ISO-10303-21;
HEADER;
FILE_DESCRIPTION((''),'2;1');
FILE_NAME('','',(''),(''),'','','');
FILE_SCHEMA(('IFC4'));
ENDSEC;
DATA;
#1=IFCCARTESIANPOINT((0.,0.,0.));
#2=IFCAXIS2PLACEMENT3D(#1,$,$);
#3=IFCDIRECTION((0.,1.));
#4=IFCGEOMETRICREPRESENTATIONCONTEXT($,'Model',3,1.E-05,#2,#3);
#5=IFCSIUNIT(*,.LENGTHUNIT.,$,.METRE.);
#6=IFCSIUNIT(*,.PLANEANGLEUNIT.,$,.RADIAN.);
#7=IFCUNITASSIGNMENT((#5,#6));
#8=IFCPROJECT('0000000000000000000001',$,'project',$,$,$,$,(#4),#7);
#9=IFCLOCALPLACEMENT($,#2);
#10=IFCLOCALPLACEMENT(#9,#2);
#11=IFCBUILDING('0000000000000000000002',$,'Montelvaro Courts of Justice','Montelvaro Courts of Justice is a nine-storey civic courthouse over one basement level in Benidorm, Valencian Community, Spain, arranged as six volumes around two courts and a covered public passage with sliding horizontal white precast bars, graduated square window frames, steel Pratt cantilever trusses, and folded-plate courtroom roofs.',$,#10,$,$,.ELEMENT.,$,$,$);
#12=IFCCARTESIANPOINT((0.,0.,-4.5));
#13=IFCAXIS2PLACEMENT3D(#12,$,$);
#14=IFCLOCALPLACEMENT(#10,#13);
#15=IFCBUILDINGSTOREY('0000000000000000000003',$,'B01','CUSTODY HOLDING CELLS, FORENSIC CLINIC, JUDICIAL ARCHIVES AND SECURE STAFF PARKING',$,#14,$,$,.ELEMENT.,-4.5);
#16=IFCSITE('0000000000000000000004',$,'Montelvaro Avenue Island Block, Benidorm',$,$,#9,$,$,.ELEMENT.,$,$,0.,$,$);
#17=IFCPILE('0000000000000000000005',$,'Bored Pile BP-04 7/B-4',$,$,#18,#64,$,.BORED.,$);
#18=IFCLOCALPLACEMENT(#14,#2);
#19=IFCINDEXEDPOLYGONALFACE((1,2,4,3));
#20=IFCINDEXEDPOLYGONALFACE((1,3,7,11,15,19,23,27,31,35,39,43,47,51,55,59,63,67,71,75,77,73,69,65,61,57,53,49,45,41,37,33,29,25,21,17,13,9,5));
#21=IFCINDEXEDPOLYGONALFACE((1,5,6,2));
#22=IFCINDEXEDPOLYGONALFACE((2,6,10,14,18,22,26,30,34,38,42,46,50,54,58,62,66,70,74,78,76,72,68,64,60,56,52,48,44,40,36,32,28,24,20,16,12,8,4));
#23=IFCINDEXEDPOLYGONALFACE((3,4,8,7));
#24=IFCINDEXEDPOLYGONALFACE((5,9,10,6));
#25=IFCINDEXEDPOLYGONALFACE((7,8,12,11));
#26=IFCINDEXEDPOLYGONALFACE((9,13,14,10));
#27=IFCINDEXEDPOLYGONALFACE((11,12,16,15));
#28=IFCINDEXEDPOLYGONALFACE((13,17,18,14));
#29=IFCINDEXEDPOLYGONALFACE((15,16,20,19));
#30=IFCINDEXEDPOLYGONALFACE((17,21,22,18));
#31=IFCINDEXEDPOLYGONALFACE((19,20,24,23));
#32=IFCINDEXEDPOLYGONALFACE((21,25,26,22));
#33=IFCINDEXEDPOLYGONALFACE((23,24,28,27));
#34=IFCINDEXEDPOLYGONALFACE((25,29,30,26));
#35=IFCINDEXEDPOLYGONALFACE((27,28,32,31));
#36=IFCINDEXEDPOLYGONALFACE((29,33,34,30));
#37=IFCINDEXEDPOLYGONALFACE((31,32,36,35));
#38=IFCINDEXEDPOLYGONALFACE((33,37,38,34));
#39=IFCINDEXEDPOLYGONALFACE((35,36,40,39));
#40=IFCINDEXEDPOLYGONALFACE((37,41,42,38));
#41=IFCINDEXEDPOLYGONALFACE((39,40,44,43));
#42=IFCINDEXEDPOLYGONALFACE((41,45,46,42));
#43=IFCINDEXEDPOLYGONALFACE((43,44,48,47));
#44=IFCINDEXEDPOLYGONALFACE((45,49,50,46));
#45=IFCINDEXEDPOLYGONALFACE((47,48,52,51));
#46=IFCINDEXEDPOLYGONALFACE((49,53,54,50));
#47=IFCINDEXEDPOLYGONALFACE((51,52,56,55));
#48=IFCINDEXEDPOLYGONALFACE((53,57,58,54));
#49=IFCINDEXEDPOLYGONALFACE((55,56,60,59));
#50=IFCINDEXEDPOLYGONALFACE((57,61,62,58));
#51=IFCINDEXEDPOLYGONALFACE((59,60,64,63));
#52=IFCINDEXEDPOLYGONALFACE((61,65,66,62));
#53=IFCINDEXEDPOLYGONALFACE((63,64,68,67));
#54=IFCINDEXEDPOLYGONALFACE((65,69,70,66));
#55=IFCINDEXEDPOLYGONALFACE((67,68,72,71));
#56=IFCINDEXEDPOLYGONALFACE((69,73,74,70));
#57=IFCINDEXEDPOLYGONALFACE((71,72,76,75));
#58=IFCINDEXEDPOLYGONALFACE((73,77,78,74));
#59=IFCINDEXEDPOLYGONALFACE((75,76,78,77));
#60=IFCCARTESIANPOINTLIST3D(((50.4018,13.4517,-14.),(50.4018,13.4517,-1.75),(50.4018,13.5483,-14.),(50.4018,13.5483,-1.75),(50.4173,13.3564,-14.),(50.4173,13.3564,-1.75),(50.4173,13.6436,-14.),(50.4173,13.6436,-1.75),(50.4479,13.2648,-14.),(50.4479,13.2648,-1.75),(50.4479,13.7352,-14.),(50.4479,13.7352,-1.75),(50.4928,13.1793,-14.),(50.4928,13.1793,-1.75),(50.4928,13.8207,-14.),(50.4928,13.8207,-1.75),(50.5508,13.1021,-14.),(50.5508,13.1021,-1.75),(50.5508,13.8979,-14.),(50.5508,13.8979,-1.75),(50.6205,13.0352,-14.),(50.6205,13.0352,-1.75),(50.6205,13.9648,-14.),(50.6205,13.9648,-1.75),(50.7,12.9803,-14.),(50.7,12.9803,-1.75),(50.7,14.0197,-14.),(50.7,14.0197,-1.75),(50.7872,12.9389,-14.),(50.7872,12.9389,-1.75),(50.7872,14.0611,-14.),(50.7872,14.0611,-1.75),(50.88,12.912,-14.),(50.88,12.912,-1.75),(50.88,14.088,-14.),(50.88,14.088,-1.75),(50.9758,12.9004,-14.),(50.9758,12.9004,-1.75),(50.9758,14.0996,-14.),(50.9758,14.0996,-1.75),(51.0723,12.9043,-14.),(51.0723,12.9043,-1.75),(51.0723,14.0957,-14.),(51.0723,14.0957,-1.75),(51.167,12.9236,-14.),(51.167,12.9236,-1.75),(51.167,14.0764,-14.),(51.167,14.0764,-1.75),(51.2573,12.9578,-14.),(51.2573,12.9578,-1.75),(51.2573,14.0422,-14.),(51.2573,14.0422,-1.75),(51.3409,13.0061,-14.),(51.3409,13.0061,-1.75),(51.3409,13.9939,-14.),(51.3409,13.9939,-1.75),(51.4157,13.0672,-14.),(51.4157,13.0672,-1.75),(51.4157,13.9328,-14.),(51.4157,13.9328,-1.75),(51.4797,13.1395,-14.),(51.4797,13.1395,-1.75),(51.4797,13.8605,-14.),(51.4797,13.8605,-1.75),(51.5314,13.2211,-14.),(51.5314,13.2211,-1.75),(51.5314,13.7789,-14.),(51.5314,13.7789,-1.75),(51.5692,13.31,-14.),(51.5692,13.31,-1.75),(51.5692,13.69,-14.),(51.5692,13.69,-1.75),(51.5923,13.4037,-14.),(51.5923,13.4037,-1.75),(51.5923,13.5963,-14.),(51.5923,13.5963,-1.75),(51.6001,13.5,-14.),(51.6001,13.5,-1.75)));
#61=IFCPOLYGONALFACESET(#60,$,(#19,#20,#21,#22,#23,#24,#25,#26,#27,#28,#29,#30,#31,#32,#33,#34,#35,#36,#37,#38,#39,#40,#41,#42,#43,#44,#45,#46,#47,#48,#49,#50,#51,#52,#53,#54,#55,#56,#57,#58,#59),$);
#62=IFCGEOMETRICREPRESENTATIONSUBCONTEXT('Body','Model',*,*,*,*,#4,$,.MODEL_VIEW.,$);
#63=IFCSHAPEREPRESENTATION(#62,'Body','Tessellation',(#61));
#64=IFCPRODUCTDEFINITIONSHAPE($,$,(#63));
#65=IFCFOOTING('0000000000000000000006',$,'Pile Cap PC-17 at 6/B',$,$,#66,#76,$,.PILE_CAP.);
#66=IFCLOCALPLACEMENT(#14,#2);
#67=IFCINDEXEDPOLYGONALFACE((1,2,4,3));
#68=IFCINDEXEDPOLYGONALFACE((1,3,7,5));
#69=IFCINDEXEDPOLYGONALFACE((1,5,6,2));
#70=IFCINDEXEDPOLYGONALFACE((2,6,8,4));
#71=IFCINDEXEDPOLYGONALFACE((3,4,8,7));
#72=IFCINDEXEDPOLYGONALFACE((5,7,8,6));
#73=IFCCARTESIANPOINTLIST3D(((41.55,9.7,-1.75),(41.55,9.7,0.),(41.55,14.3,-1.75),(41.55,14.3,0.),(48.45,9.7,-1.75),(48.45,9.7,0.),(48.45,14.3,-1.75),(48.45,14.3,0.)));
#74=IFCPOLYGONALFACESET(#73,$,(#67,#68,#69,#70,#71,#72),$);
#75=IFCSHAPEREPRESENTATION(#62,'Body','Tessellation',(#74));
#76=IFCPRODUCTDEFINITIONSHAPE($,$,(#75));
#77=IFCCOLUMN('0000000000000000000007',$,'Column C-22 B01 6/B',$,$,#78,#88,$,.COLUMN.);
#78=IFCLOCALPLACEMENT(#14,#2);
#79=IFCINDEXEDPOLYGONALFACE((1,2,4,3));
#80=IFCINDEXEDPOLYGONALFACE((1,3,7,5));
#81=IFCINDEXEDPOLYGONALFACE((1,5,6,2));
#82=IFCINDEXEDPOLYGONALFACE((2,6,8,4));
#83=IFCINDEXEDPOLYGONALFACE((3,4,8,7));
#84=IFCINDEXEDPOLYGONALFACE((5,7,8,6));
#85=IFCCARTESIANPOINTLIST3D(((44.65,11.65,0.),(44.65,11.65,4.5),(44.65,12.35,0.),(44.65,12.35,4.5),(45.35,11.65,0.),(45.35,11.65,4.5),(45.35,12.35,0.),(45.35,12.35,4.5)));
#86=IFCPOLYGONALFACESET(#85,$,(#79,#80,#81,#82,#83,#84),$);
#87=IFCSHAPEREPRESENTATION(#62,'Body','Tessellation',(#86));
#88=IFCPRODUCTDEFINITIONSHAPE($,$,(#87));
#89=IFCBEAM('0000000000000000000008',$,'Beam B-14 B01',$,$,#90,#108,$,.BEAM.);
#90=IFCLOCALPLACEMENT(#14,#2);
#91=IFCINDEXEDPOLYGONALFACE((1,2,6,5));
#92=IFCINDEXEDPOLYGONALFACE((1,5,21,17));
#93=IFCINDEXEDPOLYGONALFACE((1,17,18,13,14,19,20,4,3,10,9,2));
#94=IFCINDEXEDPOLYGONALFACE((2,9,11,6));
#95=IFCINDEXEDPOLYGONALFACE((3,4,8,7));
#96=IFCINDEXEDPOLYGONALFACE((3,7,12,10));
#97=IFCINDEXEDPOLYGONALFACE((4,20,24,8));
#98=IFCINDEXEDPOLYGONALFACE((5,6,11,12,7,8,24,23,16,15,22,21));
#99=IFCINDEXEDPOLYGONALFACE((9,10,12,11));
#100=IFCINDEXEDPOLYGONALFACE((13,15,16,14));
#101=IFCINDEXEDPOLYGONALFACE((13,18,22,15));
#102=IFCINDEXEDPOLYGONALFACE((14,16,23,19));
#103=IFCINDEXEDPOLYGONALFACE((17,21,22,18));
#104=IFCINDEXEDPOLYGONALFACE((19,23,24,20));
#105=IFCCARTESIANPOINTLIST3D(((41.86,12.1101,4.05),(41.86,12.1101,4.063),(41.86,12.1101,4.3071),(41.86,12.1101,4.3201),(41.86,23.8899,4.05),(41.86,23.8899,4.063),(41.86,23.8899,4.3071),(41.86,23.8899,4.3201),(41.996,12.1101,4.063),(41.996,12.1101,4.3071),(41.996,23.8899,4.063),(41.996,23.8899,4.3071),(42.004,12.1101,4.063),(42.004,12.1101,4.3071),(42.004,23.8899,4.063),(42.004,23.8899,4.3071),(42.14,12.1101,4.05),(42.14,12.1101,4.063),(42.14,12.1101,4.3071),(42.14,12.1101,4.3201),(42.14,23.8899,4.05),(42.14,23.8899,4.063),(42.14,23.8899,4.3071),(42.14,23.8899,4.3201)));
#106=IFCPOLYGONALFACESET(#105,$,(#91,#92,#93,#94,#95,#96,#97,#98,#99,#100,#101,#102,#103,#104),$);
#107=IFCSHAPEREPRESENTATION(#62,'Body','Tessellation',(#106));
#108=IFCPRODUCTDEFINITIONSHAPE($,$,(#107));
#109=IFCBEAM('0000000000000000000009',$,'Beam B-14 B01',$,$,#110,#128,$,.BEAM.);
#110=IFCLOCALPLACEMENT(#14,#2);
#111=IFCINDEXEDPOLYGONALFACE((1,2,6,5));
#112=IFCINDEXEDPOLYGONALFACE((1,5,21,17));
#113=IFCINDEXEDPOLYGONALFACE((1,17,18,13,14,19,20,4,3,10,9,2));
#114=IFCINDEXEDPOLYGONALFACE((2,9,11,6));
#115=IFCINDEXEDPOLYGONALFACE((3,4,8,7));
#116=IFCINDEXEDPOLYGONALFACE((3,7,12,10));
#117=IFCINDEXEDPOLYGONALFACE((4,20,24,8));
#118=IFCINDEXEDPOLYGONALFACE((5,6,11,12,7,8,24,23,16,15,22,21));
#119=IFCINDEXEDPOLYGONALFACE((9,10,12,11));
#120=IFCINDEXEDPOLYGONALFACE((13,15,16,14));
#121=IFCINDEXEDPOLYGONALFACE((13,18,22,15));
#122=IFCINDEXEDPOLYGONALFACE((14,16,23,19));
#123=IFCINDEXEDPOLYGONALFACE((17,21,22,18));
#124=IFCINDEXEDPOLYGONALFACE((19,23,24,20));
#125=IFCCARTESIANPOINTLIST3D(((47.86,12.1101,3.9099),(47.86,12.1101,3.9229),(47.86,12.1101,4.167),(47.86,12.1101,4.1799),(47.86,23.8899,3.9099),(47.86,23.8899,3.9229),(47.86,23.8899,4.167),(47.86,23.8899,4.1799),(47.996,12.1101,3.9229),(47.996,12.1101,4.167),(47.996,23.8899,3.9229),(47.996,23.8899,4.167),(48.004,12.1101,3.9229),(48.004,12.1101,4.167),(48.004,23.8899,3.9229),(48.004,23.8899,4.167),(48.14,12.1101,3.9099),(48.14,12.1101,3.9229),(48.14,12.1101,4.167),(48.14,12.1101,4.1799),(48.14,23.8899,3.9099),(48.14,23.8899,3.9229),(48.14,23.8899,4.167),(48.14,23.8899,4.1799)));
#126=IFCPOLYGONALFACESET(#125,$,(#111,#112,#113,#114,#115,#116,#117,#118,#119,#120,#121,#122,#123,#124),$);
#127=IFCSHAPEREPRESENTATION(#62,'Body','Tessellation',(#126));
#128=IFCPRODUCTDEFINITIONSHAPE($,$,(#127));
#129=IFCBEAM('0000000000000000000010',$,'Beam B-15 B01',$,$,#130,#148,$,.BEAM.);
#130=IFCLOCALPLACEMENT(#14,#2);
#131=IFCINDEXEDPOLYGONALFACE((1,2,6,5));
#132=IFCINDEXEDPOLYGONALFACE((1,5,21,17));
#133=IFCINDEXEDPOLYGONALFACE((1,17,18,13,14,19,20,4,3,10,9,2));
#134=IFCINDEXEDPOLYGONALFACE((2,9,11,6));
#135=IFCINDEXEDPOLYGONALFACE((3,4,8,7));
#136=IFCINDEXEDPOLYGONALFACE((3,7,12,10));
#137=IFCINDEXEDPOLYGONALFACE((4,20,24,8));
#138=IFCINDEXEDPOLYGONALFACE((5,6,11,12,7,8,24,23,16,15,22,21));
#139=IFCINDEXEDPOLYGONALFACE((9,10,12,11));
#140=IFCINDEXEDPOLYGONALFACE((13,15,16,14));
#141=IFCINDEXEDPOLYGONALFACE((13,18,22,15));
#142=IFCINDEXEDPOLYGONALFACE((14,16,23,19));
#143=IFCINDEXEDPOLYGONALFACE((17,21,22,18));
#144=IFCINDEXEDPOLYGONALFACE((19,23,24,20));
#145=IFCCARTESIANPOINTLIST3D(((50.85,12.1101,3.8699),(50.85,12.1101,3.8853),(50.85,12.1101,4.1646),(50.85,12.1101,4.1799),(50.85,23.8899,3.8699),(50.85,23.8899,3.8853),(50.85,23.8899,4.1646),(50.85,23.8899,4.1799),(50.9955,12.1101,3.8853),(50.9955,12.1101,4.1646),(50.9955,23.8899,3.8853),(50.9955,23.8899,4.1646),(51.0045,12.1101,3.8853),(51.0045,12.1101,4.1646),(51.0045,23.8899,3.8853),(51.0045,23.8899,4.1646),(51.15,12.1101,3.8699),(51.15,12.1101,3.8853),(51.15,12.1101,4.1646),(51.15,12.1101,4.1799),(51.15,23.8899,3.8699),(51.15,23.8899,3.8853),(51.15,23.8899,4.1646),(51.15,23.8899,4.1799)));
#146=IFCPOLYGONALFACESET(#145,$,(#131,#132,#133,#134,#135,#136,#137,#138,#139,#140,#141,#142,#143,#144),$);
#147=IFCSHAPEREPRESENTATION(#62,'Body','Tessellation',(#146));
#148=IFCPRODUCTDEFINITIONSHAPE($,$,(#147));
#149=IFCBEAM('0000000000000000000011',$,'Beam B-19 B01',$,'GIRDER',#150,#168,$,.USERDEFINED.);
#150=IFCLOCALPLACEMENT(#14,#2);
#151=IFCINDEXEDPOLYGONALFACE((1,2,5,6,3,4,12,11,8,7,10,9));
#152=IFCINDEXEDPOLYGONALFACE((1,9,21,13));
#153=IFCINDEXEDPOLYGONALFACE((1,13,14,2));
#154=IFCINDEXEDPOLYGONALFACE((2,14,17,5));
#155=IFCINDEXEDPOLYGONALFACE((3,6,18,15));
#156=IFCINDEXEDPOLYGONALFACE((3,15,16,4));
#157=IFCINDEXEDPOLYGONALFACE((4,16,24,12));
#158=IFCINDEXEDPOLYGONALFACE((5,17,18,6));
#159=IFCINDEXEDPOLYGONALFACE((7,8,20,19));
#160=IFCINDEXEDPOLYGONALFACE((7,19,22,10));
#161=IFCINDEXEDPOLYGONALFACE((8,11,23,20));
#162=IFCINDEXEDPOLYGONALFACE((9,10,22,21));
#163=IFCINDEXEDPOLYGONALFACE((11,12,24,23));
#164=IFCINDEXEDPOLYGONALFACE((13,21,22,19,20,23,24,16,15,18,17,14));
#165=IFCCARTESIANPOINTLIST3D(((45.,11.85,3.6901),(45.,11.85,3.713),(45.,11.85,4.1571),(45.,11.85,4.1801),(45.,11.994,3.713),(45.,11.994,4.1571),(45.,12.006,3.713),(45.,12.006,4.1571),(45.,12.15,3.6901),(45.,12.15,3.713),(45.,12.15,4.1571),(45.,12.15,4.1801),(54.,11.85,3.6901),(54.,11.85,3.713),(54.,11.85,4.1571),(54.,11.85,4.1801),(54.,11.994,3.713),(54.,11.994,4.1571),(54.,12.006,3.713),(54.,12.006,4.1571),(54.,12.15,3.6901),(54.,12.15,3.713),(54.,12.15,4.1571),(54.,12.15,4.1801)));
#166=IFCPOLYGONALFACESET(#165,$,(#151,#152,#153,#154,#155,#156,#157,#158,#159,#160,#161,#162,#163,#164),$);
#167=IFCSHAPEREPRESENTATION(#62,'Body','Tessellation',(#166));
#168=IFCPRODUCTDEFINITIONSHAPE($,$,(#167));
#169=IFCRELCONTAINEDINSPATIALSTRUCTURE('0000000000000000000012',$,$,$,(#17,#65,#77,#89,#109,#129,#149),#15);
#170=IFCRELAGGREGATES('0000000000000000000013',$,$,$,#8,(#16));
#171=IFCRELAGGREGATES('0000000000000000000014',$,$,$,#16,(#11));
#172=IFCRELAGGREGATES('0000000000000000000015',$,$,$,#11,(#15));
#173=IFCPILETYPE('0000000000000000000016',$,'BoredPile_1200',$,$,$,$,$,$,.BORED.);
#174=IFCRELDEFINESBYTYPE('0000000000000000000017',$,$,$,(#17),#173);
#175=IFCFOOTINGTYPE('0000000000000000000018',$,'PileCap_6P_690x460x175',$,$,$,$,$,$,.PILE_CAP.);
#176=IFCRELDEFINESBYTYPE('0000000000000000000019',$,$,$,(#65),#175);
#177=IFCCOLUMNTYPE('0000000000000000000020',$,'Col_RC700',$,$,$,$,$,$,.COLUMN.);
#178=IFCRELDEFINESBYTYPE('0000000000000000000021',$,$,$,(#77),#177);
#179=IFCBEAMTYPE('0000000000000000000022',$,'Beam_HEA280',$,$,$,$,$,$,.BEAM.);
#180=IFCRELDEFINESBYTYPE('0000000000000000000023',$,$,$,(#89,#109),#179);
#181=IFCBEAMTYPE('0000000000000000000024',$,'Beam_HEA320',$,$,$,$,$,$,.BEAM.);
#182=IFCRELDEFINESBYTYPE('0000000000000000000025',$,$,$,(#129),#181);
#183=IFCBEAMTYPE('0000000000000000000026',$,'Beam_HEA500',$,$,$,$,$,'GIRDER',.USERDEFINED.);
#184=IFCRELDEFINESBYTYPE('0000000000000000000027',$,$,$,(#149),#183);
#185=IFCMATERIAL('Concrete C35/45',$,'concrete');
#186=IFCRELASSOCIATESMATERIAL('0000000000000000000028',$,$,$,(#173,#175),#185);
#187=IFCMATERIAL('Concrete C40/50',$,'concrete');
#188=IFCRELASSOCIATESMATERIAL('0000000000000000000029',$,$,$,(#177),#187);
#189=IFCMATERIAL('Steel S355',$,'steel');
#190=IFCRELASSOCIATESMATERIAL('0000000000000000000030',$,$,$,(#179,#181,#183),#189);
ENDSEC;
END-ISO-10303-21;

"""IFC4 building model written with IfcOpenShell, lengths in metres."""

from ifc_helpers import new_model, si_unit, direction, frame, origin, origin_2d, place, context, subcontext, project, spatial, rectangle, circle, i_section, extrude, material, material_profile, profile_set, type_object, element, save


model = new_model("IFC4")

# Units and contexts
model_context = context("Model", 3, precision=1e-05, world=origin(), true_north=direction((0.0, 1.0)))
body_context = subcontext(model_context, "Body", "Model", "MODEL_VIEW")
ifc_project = project(units=[si_unit("LENGTHUNIT", "METRE"), si_unit("PLANEANGLEUNIT", "RADIAN")], contexts=[model_context])

# Site, building, storey
site_placement = place(None, origin())
site = spatial("IfcSite", under=ifc_project, at=site_placement, Name="Montelvaro Avenue Island Block, Benidorm", CompositionType="ELEMENT", RefElevation=0.0)
building_placement = place(site_placement, origin())
building = spatial("IfcBuilding", under=site, at=building_placement, Name="Montelvaro Courts of Justice", Description="Montelvaro Courts of Justice is a nine-storey civic courthouse over one basement level in Benidorm, Valencian Community, Spain, arranged as six volumes around two courts and a covered public passage with sliding horizontal white precast bars, graduated square window frames, steel Pratt cantilever trusses, and folded-plate courtroom roofs.", CompositionType="ELEMENT")
storey_placement = place(building_placement, frame((0.0, 0.0, -4.5)))
storey = spatial("IfcBuildingStorey", under=building, at=storey_placement, Name="B01", Description="CUSTODY HOLDING CELLS, FORENSIC CLINIC, JUDICIAL ARCHIVES AND SECURE STAFF PARKING", CompositionType="ELEMENT", Elevation=-4.5)

# Pile
ifc_material_1 = material(Name="Concrete C35/45", Category="concrete")
ifc_material_profile_1 = material_profile(ifc_material_1, circle(Radius=0.6001, at=origin_2d()), Name="BORED PILE D1200")
ifc_profile_set_1 = profile_set([ifc_material_profile_1], Name="Concrete C35/45")
pile_type_1 = type_object("IfcPileType", Name="BoredPile_1200", PredefinedType="BORED", material=ifc_profile_set_1)
for number, where, z_axis, x_axis, name in (
    (1, (51.0, 13.5, -1.75), (0.0, 0.0, -1.0), (1.0, 0.0, 0.0), "Bored Pile BP-04 7/B-4"),
):
    element("IfcPile", number, at=place(storey_placement, frame(where, z_axis=z_axis, x_axis=x_axis)), inside=storey, type_object=pile_type_1, Name=name, PredefinedType="BORED", context=body_context, shape_type="SweptSolid", body=[
        extrude(circle(Radius=0.6001, at=origin_2d()), origin(), (0.0, 0.0, 1.0), 12.25),
    ])

# Footing
footing_type = type_object("IfcFootingType", Name="PileCap_6P_690x460x175", PredefinedType="PILE_CAP", material=ifc_material_1)
footing_placement = place(storey_placement, frame((45.0, 12.0, -1.75), z_axis=(0.0, 0.0, 1.0), x_axis=(1.0, 0.0, 0.0)))
element("IfcFooting", 2, at=footing_placement, inside=storey, type_object=footing_type, Name="Pile Cap PC-17 at 6/B", PredefinedType="PILE_CAP", context=body_context, shape_type="SweptSolid", body=[
    extrude(rectangle(XDim=6.8999, YDim=4.6001, at=origin_2d()), origin(), (0.0, 0.0, 1.0), 1.75),
])

# Column
ifc_material_2 = material(Name="Concrete C40/50", Category="concrete")
ifc_material_profile_2 = material_profile(ifc_material_2, rectangle(XDim=0.7, YDim=0.7, at=origin_2d()), Name="RC 700x700")
ifc_profile_set_2 = profile_set([ifc_material_profile_2], Name="Concrete C40/50")
column_type = type_object("IfcColumnType", Name="Col_RC700", PredefinedType="COLUMN", material=ifc_profile_set_2)
column_placement = place(storey_placement, frame((45.0, 12.0, 0.0), z_axis=(0.0, 0.0, 1.0), x_axis=(1.0, 0.0, 0.0)))
element("IfcColumn", 3, at=column_placement, inside=storey, type_object=column_type, Name="Column C-22 B01 6/B", PredefinedType="COLUMN", context=body_context, shape_type="SweptSolid", body=[
    extrude(rectangle(XDim=0.7, YDim=0.7, at=origin_2d()), origin(), (0.0, 0.0, 1.0), 4.5),
])

# Beams
ifc_material_3 = material(Name="Steel S355", Category="steel")
ifc_material_profile_3 = material_profile(ifc_material_3, i_section(OverallWidth=0.28, OverallDepth=0.27, WebThickness=0.0081, FlangeThickness=0.0129, at=origin_2d()), Name="HEA 280")
ifc_profile_set_3 = profile_set([ifc_material_profile_3], Name="Steel S355")
beam_type_1 = type_object("IfcBeamType", Name="Beam_HEA280", PredefinedType="BEAM", material=ifc_profile_set_3)
for number, where, z_axis, x_axis, name in (
    (4, (42.0, 12.1101, 4.1851), (0.0, 1.0, 0.0), (-1.0, 0.0, 0.0), "Beam B-14 B01"),
    (5, (48.0, 12.1101, 4.0449), (0.0, 1.0, 0.0), (-1.0, 0.0, 0.0), "Beam B-14 B01"),
):
    element("IfcBeam", number, at=place(storey_placement, frame(where, z_axis=z_axis, x_axis=x_axis)), inside=storey, type_object=beam_type_1, Name=name, PredefinedType="BEAM", context=body_context, shape_type="SweptSolid", body=[
        extrude(i_section(OverallWidth=0.28, OverallDepth=0.27, WebThickness=0.0081, FlangeThickness=0.0129, at=origin_2d()), origin(), (0.0, 0.0, 1.0), 11.7798),
    ])
ifc_material_profile_4 = material_profile(ifc_material_3, i_section(OverallWidth=0.3, OverallDepth=0.3101, WebThickness=0.009, FlangeThickness=0.0154, at=origin_2d()), Name="HEA 320")
ifc_profile_set_4 = profile_set([ifc_material_profile_4], Name="Steel S355")
beam_type_2 = type_object("IfcBeamType", Name="Beam_HEA320", PredefinedType="BEAM", material=ifc_profile_set_4)
beam_1_placement = place(storey_placement, frame((51.0, 12.1101, 4.0249), z_axis=(0.0, 1.0, 0.0), x_axis=(-1.0, 0.0, 0.0)))
element("IfcBeam", 6, at=beam_1_placement, inside=storey, type_object=beam_type_2, Name="Beam B-15 B01", PredefinedType="BEAM", context=body_context, shape_type="SweptSolid", body=[
    extrude(i_section(OverallWidth=0.3, OverallDepth=0.3101, WebThickness=0.009, FlangeThickness=0.0154, at=origin_2d()), origin(), (0.0, 0.0, 1.0), 11.7798),
])
ifc_material_profile_5 = material_profile(ifc_material_3, i_section(OverallWidth=0.3, OverallDepth=0.49, WebThickness=0.012, FlangeThickness=0.0229, at=origin_2d()), Name="HEA 500")
ifc_profile_set_5 = profile_set([ifc_material_profile_5], Name="Steel S355")
beam_type_3 = type_object("IfcBeamType", Name="Beam_HEA500", ElementType="GIRDER", PredefinedType="USERDEFINED", material=ifc_profile_set_5)
beam_2_placement = place(storey_placement, frame((45.0, 12.0, 3.9351), z_axis=(1.0, 0.0, 0.0), x_axis=(0.0, 1.0, 0.0)))
element("IfcBeam", 7, at=beam_2_placement, inside=storey, type_object=beam_type_3, Name="Beam B-19 B01", ObjectType="GIRDER", PredefinedType="USERDEFINED", context=body_context, shape_type="SweptSolid", body=[
    extrude(i_section(OverallWidth=0.3, OverallDepth=0.49, WebThickness=0.012, FlangeThickness=0.0229, at=origin_2d()), origin(), (0.0, 0.0, 1.0), 9.0),
])

save(model, "model.ifc")
